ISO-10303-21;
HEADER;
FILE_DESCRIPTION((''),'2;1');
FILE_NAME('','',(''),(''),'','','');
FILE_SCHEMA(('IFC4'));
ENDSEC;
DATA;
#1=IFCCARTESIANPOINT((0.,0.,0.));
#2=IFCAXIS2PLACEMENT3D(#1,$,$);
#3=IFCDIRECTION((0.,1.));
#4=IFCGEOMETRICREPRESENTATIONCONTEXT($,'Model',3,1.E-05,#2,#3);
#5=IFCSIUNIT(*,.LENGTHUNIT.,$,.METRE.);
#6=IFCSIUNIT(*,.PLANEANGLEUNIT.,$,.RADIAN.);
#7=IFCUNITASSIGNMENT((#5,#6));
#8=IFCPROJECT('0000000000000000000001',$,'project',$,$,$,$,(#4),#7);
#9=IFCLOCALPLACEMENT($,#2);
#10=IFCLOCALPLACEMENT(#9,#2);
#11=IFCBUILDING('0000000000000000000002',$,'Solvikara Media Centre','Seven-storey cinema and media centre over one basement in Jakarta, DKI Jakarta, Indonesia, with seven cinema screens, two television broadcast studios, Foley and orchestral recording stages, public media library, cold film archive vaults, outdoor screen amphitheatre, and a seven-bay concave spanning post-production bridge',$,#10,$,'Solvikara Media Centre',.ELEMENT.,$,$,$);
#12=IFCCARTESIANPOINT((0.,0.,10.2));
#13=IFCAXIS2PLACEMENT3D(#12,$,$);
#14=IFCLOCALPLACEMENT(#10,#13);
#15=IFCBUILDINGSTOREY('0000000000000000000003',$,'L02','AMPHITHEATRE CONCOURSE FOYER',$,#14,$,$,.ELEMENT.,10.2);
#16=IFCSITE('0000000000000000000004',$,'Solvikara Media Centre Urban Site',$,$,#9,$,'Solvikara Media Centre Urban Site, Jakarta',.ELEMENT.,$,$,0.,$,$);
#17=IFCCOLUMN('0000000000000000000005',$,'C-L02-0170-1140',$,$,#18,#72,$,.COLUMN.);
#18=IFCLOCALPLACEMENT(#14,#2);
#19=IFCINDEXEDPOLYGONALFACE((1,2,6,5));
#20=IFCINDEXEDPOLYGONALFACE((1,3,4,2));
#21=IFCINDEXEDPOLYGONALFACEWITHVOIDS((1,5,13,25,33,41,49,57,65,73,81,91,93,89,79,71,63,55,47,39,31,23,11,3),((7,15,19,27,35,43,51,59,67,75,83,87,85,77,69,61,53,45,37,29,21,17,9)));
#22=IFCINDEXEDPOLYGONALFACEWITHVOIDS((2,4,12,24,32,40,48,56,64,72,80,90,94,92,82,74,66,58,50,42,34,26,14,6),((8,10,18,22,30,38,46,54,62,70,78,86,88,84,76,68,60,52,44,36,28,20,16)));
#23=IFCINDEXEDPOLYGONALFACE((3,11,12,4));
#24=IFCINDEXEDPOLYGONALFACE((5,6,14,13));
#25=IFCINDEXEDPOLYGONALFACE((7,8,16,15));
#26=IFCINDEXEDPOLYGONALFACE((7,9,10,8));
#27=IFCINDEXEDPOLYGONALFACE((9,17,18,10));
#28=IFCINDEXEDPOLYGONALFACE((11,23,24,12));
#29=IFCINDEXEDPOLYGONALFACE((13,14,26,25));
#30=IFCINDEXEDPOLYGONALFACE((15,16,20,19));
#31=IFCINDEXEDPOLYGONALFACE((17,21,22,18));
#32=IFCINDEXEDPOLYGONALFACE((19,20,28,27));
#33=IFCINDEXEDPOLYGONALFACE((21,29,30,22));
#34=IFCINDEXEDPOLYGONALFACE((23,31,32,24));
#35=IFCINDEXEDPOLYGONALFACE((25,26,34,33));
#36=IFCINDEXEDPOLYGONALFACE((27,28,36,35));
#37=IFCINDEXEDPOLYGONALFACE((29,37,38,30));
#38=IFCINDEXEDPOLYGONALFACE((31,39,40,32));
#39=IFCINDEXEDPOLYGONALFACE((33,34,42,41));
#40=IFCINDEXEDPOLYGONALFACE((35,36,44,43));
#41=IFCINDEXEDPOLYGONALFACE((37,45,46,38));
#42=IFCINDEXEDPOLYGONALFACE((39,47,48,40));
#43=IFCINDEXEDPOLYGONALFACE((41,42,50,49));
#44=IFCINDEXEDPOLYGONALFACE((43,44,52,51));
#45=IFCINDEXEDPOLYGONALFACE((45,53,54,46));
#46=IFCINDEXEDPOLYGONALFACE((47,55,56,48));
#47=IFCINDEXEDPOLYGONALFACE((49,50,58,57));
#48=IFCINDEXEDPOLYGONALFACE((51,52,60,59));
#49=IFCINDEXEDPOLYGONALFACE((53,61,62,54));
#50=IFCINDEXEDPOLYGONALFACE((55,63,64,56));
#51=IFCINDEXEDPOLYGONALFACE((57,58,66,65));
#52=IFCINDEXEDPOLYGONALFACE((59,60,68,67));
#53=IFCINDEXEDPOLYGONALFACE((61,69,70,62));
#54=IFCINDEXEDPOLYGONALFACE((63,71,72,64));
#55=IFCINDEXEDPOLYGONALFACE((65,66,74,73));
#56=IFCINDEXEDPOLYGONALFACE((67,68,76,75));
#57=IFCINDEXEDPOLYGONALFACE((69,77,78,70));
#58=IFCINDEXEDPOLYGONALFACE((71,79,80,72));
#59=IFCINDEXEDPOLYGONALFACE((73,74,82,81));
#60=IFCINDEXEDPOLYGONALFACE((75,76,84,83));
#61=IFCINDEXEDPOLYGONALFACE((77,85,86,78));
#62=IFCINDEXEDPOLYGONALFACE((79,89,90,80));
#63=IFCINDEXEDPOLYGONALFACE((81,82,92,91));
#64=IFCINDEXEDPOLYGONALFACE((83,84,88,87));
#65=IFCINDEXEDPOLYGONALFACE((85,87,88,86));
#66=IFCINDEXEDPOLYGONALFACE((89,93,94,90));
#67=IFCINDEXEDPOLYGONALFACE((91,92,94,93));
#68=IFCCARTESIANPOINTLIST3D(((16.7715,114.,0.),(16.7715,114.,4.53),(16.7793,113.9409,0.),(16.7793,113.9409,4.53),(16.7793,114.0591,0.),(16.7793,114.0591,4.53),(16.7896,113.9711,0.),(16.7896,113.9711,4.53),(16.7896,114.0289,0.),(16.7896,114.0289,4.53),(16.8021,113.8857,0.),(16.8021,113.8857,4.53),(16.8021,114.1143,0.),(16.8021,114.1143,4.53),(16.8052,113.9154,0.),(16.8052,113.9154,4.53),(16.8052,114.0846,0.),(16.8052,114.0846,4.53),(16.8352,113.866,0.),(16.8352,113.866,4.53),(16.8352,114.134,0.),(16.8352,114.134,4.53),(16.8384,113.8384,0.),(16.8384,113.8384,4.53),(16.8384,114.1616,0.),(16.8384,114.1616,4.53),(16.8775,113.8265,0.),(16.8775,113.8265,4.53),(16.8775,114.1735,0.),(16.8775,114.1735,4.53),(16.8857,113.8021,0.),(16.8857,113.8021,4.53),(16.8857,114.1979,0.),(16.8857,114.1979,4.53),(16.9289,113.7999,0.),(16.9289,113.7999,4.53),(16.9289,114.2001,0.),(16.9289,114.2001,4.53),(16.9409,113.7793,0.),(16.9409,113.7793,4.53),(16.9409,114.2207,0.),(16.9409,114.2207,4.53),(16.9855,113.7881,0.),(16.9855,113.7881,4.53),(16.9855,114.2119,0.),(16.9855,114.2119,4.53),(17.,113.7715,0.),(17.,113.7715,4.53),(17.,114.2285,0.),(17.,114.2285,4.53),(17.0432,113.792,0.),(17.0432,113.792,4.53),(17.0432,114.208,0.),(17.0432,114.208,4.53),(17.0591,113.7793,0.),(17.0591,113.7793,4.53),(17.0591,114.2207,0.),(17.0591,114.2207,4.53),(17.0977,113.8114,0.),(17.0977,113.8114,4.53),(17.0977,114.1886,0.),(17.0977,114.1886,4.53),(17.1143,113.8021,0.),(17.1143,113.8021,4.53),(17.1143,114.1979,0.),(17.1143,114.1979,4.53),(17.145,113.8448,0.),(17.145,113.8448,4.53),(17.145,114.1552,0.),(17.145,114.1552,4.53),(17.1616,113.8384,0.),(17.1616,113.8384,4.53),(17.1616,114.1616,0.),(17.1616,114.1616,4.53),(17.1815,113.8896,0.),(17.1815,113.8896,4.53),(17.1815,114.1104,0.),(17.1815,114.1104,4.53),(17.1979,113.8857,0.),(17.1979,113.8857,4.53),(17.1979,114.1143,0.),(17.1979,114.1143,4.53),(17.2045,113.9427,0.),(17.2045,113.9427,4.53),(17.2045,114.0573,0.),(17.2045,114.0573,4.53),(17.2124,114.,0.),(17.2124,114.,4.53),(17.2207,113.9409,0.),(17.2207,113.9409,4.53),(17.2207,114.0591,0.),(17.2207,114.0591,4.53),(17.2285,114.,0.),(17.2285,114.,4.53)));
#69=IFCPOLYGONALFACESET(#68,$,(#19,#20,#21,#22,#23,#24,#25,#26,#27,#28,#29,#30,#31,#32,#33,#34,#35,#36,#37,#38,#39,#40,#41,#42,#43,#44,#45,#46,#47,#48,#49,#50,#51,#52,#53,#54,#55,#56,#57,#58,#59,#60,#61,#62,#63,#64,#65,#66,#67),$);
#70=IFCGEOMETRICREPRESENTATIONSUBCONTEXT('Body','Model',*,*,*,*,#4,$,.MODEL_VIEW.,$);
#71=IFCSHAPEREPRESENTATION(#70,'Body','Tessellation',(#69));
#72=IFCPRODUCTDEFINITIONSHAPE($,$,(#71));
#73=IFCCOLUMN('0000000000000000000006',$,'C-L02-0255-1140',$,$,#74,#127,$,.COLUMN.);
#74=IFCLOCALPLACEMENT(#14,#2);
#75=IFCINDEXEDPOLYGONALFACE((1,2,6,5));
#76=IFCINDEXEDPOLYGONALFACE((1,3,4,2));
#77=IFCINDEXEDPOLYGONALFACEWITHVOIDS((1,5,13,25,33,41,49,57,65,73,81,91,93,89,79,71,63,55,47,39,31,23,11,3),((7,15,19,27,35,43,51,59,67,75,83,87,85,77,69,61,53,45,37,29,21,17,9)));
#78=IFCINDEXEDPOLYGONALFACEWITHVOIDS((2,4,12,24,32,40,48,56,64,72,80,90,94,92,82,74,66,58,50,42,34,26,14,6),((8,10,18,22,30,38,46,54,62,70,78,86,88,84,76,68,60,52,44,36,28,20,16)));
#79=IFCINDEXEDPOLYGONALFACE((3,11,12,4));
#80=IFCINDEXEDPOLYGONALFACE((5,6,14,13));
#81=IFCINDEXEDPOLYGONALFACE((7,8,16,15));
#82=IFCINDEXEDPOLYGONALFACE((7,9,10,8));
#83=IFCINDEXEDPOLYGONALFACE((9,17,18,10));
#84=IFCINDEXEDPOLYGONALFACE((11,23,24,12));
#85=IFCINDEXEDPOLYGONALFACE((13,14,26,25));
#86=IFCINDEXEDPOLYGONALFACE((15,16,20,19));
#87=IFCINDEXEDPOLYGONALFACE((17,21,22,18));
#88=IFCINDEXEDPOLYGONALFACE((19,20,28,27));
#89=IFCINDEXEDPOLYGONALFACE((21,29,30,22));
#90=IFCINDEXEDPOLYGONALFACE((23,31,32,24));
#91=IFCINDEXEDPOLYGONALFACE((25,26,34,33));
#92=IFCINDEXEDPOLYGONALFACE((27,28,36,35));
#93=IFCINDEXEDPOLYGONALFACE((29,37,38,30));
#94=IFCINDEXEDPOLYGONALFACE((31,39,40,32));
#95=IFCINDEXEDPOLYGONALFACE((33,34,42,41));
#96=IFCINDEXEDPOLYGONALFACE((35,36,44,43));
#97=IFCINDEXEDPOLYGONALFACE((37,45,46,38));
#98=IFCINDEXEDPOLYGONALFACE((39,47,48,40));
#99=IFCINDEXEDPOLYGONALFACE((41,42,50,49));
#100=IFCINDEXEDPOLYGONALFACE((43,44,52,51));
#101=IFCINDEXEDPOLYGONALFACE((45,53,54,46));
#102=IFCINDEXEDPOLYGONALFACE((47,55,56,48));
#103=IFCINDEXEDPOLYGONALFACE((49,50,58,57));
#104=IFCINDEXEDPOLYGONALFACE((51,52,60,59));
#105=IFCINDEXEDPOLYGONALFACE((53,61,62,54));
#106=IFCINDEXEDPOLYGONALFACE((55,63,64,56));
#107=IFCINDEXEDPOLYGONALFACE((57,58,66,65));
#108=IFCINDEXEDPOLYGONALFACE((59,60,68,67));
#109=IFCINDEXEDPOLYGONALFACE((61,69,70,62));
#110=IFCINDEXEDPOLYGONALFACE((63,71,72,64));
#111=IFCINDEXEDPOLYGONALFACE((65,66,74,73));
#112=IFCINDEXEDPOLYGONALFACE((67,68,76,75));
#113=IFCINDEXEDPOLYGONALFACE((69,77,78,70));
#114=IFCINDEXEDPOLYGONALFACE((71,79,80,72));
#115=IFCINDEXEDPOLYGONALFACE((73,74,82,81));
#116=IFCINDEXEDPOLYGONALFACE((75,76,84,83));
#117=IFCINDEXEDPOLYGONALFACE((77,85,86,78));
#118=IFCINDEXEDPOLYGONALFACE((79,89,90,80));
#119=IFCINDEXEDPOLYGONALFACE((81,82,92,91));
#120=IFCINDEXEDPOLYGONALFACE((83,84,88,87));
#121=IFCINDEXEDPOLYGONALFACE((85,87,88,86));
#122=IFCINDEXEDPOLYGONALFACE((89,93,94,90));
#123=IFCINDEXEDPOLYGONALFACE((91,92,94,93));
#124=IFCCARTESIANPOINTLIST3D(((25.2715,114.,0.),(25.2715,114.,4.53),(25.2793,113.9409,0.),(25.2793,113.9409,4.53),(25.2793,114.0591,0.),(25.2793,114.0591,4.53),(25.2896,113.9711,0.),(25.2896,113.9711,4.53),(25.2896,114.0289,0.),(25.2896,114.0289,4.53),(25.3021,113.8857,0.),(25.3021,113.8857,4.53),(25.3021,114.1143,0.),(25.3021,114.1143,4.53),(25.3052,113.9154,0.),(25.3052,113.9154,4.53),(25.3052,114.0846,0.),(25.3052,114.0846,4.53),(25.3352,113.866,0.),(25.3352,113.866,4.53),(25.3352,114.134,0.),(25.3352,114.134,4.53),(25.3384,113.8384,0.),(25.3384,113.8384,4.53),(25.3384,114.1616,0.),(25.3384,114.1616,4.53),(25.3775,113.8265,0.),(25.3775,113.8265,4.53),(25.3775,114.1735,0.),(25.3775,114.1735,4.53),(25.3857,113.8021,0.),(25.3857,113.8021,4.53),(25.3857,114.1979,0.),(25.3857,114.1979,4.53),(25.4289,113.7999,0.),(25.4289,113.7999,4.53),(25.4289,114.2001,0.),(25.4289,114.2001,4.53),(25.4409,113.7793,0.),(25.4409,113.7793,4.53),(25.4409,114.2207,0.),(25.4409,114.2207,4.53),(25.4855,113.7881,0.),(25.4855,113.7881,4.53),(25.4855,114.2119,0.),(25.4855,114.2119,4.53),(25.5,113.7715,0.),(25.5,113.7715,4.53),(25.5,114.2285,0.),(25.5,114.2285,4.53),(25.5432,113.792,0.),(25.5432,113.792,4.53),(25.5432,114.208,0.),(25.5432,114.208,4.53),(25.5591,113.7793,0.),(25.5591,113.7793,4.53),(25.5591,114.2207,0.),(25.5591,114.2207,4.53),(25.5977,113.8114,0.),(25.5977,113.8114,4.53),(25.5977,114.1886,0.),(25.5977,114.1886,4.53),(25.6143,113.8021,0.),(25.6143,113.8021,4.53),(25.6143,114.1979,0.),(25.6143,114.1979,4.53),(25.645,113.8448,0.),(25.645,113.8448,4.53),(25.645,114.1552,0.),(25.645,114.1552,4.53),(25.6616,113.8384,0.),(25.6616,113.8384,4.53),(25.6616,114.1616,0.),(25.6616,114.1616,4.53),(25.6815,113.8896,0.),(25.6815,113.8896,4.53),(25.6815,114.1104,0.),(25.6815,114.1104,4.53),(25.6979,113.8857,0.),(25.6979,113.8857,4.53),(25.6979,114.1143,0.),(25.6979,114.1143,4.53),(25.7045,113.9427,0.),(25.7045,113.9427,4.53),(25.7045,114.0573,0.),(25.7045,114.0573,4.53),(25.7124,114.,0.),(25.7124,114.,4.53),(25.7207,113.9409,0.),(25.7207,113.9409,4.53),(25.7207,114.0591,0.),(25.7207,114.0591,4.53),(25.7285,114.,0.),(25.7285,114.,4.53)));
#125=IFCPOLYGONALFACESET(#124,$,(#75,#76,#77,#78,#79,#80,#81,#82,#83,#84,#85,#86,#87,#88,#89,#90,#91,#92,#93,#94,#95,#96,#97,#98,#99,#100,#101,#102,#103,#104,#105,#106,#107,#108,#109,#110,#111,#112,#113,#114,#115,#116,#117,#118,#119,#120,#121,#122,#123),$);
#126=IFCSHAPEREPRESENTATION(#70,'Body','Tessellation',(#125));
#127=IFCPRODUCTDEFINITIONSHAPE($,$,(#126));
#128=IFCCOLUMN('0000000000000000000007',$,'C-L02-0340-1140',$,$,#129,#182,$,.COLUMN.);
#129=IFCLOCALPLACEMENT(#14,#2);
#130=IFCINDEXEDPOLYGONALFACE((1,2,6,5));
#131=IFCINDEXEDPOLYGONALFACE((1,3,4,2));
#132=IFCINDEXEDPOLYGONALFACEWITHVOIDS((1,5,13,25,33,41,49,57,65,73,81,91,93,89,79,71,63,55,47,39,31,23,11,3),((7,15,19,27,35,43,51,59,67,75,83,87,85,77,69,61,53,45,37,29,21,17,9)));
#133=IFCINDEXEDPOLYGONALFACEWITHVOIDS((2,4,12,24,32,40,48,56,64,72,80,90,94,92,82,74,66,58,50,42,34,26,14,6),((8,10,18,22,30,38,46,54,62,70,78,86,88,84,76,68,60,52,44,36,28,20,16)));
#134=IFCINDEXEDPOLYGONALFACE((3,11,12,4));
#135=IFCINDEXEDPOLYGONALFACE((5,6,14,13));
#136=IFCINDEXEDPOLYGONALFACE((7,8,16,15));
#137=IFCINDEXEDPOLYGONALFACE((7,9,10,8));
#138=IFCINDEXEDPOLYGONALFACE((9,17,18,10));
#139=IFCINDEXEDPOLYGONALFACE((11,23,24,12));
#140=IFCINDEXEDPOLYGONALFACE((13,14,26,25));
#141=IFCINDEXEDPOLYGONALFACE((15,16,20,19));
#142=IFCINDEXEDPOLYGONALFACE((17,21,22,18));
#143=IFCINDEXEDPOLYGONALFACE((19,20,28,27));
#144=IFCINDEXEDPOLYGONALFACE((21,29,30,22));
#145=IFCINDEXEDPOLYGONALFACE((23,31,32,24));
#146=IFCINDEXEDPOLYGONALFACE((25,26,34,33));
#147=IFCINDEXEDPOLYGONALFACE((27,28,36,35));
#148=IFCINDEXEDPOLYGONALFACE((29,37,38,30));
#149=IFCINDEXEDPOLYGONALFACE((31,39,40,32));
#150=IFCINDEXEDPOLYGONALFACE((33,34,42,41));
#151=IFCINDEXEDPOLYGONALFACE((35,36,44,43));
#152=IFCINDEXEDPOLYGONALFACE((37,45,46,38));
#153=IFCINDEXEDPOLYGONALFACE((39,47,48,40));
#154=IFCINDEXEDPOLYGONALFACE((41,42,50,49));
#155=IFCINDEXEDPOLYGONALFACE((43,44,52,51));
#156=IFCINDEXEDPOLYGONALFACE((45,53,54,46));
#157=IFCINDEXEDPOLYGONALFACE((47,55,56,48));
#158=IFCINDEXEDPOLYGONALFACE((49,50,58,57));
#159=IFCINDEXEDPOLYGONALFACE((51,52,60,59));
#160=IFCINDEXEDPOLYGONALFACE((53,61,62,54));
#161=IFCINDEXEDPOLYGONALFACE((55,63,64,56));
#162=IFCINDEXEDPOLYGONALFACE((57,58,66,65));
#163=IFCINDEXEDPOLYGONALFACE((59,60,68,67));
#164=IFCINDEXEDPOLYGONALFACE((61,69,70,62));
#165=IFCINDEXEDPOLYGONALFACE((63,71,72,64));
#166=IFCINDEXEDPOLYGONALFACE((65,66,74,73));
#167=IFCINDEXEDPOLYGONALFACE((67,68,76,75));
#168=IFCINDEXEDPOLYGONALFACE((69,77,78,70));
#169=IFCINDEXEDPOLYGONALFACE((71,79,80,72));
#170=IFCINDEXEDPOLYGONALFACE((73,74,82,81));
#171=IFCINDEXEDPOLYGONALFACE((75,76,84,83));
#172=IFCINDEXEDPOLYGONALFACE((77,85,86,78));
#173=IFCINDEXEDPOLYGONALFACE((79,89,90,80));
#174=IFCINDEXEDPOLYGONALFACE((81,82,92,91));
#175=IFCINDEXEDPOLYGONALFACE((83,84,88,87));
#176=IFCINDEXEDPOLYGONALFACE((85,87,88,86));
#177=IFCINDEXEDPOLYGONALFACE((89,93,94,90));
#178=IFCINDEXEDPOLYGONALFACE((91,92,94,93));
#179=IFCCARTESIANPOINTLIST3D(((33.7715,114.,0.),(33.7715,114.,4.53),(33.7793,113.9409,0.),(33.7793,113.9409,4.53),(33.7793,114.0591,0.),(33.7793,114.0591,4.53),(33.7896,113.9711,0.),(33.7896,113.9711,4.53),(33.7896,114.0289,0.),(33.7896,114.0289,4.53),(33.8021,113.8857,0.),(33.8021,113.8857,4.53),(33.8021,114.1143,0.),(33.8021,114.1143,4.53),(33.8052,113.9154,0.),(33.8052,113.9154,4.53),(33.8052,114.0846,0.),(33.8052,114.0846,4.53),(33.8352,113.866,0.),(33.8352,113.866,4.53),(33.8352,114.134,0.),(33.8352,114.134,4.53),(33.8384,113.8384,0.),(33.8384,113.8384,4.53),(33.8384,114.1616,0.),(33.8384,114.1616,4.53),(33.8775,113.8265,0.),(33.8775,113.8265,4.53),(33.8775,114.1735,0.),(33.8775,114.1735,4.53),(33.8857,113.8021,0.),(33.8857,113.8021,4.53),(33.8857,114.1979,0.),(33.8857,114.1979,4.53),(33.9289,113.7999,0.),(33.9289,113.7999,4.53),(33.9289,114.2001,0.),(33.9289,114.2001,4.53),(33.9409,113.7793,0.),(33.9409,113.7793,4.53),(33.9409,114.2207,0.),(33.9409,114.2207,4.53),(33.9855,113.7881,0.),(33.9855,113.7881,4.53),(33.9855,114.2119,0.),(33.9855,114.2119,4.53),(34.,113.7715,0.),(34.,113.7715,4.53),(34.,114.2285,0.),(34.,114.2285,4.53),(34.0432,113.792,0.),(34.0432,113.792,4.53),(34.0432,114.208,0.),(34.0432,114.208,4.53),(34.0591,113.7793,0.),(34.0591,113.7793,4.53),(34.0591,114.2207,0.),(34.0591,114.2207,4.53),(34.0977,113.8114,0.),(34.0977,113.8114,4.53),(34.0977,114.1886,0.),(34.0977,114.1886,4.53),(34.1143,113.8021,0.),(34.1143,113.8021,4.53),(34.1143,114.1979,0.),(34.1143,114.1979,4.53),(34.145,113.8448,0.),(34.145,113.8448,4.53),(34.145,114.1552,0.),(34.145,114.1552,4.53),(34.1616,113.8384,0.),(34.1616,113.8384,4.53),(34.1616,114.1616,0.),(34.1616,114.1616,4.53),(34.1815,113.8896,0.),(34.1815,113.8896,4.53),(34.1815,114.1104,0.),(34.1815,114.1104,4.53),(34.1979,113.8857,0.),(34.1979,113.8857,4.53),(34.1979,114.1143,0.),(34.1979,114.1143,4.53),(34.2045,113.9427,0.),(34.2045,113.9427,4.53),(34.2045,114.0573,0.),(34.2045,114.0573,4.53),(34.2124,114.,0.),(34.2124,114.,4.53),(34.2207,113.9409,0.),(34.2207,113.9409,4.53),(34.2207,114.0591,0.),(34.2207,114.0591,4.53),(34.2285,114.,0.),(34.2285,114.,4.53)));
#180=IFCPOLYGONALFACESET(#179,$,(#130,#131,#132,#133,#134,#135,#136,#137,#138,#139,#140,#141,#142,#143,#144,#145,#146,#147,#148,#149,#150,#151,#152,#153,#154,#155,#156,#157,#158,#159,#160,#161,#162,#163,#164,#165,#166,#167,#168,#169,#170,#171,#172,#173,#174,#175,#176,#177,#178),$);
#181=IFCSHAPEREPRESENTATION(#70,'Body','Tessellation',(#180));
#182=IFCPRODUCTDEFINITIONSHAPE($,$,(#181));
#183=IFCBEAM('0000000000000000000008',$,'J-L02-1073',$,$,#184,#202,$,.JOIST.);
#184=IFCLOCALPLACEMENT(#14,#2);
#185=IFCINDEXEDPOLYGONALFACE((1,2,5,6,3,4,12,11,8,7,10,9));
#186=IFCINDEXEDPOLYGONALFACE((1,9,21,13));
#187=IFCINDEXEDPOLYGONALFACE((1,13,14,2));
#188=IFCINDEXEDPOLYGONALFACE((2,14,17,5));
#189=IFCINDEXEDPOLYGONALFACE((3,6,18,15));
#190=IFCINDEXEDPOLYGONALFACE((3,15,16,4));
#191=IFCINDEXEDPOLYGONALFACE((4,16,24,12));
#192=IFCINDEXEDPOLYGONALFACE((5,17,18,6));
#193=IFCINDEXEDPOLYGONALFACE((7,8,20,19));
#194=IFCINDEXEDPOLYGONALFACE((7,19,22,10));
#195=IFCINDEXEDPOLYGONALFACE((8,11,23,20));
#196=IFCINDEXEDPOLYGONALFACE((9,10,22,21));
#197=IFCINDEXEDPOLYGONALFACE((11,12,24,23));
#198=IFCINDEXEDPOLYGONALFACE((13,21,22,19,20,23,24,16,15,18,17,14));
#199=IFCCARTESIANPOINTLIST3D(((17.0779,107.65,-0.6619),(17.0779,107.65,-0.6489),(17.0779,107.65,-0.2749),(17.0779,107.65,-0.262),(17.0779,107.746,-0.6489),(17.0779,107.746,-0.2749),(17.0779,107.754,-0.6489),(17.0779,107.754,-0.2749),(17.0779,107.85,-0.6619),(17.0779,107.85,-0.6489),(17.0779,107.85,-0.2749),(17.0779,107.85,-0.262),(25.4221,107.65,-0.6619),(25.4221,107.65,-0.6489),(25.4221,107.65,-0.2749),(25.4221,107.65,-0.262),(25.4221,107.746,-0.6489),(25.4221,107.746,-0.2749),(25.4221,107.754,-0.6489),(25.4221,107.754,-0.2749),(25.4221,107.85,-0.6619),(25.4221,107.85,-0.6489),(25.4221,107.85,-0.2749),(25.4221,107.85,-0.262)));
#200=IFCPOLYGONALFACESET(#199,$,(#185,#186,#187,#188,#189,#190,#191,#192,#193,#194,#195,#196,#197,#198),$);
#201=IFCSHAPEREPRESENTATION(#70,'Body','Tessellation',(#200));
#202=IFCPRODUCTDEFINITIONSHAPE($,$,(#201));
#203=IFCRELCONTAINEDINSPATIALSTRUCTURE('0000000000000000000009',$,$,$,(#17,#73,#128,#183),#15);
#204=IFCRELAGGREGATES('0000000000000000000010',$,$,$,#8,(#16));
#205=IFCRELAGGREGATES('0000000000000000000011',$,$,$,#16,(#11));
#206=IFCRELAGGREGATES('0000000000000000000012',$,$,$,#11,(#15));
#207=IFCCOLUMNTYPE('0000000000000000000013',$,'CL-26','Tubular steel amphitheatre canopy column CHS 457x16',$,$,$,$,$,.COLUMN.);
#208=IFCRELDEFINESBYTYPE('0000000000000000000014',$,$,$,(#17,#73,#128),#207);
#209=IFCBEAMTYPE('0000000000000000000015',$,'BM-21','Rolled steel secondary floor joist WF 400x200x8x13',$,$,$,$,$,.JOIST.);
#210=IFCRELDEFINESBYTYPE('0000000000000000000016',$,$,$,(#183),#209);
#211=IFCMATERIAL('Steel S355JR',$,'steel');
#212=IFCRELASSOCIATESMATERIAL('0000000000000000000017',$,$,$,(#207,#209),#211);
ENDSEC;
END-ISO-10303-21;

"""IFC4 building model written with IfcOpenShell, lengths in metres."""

from ifc_helpers import new_model, si_unit, direction, frame, origin, origin_2d, place, context, subcontext, project, spatial, hollow_circle, i_section, extrude, material, material_profile, profile_set, type_object, element, save


model = new_model("IFC4")

# Units and contexts
model_context = context("Model", 3, precision=1e-05, world=origin(), true_north=direction((0.0, 1.0)))
body_context = subcontext(model_context, "Body", "Model", "MODEL_VIEW")
ifc_project = project(units=[si_unit("LENGTHUNIT", "METRE"), si_unit("PLANEANGLEUNIT", "RADIAN")], contexts=[model_context])

# Site, building, storey
site_placement = place(None, origin())
site = spatial("IfcSite", under=ifc_project, at=site_placement, Name="Solvikara Media Centre Urban Site", LongName="Solvikara Media Centre Urban Site, Jakarta", CompositionType="ELEMENT", RefElevation=0.0)
building_placement = place(site_placement, origin())
building = spatial("IfcBuilding", under=site, at=building_placement, Name="Solvikara Media Centre", Description="Seven-storey cinema and media centre over one basement in Jakarta, DKI Jakarta, Indonesia, with seven cinema screens, two television broadcast studios, Foley and orchestral recording stages, public media library, cold film archive vaults, outdoor screen amphitheatre, and a seven-bay concave spanning post-production bridge", LongName="Solvikara Media Centre", CompositionType="ELEMENT")
storey_placement = place(building_placement, frame((0.0, 0.0, 10.2)))
storey = spatial("IfcBuildingStorey", under=building, at=storey_placement, Name="L02", Description="AMPHITHEATRE CONCOURSE FOYER", CompositionType="ELEMENT", Elevation=10.2)

# Columns
ifc_material_1 = material(Name="Steel S355JR", Category="steel")
ifc_material_profile_1 = material_profile(ifc_material_1, hollow_circle(Radius=0.2285, WallThickness=0.0161, at=origin_2d()), Name="CHS 457x16")
ifc_profile_set_1 = profile_set([ifc_material_profile_1], Name="Steel S355JR")
column_type = type_object("IfcColumnType", Name="CL-26", Description="Tubular steel amphitheatre canopy column CHS 457x16", PredefinedType="COLUMN", material=ifc_profile_set_1)
for number, where, z_axis, x_axis, name in (
    (1, (17.0, 114.0, 0.0), (0.0, 0.0, 1.0), (1.0, 0.0, 0.0), "C-L02-0170-1140"),
    (2, (25.5, 114.0, 0.0), (0.0, 0.0, 1.0), (1.0, 0.0, 0.0), "C-L02-0255-1140"),
    (3, (34.0, 114.0, 0.0), (0.0, 0.0, 1.0), (1.0, 0.0, 0.0), "C-L02-0340-1140"),
):
    element("IfcColumn", number, at=place(storey_placement, frame(where, z_axis=z_axis, x_axis=x_axis)), inside=storey, type_object=column_type, Name=name, PredefinedType="COLUMN", context=body_context, shape_type="SweptSolid", body=[
        extrude(hollow_circle(Radius=0.2285, WallThickness=0.0161, at=origin_2d()), origin(), (0.0, 0.0, 1.0), 4.53),
    ])

# Beam
ifc_material_profile_2 = material_profile(ifc_material_1, i_section(OverallWidth=0.2, OverallDepth=0.3999, WebThickness=0.0081, FlangeThickness=0.0129, at=origin_2d()), Name="WF 400x200x8x13")
ifc_profile_set_2 = profile_set([ifc_material_profile_2], Name="Steel S355JR")
beam_type_1 = type_object("IfcBeamType", Name="BM-21", Description="Rolled steel secondary floor joist WF 400x200x8x13", PredefinedType="JOIST", material=ifc_profile_set_2)
beam_1_placement = place(storey_placement, frame((17.0779, 107.75, -0.4619), z_axis=(1.0, 0.0, 0.0), x_axis=(0.0, 1.0, 0.0)))
element("IfcBeam", 4, at=beam_1_placement, inside=storey, type_object=beam_type_1, Name="J-L02-1073", PredefinedType="JOIST", context=body_context, shape_type="SweptSolid", body=[
    extrude(i_section(OverallWidth=0.2, OverallDepth=0.3999, WebThickness=0.0081, FlangeThickness=0.0129, at=origin_2d()), origin(), (0.0, 0.0, 1.0), 8.3442),
])

save(model, "model.ifc")
